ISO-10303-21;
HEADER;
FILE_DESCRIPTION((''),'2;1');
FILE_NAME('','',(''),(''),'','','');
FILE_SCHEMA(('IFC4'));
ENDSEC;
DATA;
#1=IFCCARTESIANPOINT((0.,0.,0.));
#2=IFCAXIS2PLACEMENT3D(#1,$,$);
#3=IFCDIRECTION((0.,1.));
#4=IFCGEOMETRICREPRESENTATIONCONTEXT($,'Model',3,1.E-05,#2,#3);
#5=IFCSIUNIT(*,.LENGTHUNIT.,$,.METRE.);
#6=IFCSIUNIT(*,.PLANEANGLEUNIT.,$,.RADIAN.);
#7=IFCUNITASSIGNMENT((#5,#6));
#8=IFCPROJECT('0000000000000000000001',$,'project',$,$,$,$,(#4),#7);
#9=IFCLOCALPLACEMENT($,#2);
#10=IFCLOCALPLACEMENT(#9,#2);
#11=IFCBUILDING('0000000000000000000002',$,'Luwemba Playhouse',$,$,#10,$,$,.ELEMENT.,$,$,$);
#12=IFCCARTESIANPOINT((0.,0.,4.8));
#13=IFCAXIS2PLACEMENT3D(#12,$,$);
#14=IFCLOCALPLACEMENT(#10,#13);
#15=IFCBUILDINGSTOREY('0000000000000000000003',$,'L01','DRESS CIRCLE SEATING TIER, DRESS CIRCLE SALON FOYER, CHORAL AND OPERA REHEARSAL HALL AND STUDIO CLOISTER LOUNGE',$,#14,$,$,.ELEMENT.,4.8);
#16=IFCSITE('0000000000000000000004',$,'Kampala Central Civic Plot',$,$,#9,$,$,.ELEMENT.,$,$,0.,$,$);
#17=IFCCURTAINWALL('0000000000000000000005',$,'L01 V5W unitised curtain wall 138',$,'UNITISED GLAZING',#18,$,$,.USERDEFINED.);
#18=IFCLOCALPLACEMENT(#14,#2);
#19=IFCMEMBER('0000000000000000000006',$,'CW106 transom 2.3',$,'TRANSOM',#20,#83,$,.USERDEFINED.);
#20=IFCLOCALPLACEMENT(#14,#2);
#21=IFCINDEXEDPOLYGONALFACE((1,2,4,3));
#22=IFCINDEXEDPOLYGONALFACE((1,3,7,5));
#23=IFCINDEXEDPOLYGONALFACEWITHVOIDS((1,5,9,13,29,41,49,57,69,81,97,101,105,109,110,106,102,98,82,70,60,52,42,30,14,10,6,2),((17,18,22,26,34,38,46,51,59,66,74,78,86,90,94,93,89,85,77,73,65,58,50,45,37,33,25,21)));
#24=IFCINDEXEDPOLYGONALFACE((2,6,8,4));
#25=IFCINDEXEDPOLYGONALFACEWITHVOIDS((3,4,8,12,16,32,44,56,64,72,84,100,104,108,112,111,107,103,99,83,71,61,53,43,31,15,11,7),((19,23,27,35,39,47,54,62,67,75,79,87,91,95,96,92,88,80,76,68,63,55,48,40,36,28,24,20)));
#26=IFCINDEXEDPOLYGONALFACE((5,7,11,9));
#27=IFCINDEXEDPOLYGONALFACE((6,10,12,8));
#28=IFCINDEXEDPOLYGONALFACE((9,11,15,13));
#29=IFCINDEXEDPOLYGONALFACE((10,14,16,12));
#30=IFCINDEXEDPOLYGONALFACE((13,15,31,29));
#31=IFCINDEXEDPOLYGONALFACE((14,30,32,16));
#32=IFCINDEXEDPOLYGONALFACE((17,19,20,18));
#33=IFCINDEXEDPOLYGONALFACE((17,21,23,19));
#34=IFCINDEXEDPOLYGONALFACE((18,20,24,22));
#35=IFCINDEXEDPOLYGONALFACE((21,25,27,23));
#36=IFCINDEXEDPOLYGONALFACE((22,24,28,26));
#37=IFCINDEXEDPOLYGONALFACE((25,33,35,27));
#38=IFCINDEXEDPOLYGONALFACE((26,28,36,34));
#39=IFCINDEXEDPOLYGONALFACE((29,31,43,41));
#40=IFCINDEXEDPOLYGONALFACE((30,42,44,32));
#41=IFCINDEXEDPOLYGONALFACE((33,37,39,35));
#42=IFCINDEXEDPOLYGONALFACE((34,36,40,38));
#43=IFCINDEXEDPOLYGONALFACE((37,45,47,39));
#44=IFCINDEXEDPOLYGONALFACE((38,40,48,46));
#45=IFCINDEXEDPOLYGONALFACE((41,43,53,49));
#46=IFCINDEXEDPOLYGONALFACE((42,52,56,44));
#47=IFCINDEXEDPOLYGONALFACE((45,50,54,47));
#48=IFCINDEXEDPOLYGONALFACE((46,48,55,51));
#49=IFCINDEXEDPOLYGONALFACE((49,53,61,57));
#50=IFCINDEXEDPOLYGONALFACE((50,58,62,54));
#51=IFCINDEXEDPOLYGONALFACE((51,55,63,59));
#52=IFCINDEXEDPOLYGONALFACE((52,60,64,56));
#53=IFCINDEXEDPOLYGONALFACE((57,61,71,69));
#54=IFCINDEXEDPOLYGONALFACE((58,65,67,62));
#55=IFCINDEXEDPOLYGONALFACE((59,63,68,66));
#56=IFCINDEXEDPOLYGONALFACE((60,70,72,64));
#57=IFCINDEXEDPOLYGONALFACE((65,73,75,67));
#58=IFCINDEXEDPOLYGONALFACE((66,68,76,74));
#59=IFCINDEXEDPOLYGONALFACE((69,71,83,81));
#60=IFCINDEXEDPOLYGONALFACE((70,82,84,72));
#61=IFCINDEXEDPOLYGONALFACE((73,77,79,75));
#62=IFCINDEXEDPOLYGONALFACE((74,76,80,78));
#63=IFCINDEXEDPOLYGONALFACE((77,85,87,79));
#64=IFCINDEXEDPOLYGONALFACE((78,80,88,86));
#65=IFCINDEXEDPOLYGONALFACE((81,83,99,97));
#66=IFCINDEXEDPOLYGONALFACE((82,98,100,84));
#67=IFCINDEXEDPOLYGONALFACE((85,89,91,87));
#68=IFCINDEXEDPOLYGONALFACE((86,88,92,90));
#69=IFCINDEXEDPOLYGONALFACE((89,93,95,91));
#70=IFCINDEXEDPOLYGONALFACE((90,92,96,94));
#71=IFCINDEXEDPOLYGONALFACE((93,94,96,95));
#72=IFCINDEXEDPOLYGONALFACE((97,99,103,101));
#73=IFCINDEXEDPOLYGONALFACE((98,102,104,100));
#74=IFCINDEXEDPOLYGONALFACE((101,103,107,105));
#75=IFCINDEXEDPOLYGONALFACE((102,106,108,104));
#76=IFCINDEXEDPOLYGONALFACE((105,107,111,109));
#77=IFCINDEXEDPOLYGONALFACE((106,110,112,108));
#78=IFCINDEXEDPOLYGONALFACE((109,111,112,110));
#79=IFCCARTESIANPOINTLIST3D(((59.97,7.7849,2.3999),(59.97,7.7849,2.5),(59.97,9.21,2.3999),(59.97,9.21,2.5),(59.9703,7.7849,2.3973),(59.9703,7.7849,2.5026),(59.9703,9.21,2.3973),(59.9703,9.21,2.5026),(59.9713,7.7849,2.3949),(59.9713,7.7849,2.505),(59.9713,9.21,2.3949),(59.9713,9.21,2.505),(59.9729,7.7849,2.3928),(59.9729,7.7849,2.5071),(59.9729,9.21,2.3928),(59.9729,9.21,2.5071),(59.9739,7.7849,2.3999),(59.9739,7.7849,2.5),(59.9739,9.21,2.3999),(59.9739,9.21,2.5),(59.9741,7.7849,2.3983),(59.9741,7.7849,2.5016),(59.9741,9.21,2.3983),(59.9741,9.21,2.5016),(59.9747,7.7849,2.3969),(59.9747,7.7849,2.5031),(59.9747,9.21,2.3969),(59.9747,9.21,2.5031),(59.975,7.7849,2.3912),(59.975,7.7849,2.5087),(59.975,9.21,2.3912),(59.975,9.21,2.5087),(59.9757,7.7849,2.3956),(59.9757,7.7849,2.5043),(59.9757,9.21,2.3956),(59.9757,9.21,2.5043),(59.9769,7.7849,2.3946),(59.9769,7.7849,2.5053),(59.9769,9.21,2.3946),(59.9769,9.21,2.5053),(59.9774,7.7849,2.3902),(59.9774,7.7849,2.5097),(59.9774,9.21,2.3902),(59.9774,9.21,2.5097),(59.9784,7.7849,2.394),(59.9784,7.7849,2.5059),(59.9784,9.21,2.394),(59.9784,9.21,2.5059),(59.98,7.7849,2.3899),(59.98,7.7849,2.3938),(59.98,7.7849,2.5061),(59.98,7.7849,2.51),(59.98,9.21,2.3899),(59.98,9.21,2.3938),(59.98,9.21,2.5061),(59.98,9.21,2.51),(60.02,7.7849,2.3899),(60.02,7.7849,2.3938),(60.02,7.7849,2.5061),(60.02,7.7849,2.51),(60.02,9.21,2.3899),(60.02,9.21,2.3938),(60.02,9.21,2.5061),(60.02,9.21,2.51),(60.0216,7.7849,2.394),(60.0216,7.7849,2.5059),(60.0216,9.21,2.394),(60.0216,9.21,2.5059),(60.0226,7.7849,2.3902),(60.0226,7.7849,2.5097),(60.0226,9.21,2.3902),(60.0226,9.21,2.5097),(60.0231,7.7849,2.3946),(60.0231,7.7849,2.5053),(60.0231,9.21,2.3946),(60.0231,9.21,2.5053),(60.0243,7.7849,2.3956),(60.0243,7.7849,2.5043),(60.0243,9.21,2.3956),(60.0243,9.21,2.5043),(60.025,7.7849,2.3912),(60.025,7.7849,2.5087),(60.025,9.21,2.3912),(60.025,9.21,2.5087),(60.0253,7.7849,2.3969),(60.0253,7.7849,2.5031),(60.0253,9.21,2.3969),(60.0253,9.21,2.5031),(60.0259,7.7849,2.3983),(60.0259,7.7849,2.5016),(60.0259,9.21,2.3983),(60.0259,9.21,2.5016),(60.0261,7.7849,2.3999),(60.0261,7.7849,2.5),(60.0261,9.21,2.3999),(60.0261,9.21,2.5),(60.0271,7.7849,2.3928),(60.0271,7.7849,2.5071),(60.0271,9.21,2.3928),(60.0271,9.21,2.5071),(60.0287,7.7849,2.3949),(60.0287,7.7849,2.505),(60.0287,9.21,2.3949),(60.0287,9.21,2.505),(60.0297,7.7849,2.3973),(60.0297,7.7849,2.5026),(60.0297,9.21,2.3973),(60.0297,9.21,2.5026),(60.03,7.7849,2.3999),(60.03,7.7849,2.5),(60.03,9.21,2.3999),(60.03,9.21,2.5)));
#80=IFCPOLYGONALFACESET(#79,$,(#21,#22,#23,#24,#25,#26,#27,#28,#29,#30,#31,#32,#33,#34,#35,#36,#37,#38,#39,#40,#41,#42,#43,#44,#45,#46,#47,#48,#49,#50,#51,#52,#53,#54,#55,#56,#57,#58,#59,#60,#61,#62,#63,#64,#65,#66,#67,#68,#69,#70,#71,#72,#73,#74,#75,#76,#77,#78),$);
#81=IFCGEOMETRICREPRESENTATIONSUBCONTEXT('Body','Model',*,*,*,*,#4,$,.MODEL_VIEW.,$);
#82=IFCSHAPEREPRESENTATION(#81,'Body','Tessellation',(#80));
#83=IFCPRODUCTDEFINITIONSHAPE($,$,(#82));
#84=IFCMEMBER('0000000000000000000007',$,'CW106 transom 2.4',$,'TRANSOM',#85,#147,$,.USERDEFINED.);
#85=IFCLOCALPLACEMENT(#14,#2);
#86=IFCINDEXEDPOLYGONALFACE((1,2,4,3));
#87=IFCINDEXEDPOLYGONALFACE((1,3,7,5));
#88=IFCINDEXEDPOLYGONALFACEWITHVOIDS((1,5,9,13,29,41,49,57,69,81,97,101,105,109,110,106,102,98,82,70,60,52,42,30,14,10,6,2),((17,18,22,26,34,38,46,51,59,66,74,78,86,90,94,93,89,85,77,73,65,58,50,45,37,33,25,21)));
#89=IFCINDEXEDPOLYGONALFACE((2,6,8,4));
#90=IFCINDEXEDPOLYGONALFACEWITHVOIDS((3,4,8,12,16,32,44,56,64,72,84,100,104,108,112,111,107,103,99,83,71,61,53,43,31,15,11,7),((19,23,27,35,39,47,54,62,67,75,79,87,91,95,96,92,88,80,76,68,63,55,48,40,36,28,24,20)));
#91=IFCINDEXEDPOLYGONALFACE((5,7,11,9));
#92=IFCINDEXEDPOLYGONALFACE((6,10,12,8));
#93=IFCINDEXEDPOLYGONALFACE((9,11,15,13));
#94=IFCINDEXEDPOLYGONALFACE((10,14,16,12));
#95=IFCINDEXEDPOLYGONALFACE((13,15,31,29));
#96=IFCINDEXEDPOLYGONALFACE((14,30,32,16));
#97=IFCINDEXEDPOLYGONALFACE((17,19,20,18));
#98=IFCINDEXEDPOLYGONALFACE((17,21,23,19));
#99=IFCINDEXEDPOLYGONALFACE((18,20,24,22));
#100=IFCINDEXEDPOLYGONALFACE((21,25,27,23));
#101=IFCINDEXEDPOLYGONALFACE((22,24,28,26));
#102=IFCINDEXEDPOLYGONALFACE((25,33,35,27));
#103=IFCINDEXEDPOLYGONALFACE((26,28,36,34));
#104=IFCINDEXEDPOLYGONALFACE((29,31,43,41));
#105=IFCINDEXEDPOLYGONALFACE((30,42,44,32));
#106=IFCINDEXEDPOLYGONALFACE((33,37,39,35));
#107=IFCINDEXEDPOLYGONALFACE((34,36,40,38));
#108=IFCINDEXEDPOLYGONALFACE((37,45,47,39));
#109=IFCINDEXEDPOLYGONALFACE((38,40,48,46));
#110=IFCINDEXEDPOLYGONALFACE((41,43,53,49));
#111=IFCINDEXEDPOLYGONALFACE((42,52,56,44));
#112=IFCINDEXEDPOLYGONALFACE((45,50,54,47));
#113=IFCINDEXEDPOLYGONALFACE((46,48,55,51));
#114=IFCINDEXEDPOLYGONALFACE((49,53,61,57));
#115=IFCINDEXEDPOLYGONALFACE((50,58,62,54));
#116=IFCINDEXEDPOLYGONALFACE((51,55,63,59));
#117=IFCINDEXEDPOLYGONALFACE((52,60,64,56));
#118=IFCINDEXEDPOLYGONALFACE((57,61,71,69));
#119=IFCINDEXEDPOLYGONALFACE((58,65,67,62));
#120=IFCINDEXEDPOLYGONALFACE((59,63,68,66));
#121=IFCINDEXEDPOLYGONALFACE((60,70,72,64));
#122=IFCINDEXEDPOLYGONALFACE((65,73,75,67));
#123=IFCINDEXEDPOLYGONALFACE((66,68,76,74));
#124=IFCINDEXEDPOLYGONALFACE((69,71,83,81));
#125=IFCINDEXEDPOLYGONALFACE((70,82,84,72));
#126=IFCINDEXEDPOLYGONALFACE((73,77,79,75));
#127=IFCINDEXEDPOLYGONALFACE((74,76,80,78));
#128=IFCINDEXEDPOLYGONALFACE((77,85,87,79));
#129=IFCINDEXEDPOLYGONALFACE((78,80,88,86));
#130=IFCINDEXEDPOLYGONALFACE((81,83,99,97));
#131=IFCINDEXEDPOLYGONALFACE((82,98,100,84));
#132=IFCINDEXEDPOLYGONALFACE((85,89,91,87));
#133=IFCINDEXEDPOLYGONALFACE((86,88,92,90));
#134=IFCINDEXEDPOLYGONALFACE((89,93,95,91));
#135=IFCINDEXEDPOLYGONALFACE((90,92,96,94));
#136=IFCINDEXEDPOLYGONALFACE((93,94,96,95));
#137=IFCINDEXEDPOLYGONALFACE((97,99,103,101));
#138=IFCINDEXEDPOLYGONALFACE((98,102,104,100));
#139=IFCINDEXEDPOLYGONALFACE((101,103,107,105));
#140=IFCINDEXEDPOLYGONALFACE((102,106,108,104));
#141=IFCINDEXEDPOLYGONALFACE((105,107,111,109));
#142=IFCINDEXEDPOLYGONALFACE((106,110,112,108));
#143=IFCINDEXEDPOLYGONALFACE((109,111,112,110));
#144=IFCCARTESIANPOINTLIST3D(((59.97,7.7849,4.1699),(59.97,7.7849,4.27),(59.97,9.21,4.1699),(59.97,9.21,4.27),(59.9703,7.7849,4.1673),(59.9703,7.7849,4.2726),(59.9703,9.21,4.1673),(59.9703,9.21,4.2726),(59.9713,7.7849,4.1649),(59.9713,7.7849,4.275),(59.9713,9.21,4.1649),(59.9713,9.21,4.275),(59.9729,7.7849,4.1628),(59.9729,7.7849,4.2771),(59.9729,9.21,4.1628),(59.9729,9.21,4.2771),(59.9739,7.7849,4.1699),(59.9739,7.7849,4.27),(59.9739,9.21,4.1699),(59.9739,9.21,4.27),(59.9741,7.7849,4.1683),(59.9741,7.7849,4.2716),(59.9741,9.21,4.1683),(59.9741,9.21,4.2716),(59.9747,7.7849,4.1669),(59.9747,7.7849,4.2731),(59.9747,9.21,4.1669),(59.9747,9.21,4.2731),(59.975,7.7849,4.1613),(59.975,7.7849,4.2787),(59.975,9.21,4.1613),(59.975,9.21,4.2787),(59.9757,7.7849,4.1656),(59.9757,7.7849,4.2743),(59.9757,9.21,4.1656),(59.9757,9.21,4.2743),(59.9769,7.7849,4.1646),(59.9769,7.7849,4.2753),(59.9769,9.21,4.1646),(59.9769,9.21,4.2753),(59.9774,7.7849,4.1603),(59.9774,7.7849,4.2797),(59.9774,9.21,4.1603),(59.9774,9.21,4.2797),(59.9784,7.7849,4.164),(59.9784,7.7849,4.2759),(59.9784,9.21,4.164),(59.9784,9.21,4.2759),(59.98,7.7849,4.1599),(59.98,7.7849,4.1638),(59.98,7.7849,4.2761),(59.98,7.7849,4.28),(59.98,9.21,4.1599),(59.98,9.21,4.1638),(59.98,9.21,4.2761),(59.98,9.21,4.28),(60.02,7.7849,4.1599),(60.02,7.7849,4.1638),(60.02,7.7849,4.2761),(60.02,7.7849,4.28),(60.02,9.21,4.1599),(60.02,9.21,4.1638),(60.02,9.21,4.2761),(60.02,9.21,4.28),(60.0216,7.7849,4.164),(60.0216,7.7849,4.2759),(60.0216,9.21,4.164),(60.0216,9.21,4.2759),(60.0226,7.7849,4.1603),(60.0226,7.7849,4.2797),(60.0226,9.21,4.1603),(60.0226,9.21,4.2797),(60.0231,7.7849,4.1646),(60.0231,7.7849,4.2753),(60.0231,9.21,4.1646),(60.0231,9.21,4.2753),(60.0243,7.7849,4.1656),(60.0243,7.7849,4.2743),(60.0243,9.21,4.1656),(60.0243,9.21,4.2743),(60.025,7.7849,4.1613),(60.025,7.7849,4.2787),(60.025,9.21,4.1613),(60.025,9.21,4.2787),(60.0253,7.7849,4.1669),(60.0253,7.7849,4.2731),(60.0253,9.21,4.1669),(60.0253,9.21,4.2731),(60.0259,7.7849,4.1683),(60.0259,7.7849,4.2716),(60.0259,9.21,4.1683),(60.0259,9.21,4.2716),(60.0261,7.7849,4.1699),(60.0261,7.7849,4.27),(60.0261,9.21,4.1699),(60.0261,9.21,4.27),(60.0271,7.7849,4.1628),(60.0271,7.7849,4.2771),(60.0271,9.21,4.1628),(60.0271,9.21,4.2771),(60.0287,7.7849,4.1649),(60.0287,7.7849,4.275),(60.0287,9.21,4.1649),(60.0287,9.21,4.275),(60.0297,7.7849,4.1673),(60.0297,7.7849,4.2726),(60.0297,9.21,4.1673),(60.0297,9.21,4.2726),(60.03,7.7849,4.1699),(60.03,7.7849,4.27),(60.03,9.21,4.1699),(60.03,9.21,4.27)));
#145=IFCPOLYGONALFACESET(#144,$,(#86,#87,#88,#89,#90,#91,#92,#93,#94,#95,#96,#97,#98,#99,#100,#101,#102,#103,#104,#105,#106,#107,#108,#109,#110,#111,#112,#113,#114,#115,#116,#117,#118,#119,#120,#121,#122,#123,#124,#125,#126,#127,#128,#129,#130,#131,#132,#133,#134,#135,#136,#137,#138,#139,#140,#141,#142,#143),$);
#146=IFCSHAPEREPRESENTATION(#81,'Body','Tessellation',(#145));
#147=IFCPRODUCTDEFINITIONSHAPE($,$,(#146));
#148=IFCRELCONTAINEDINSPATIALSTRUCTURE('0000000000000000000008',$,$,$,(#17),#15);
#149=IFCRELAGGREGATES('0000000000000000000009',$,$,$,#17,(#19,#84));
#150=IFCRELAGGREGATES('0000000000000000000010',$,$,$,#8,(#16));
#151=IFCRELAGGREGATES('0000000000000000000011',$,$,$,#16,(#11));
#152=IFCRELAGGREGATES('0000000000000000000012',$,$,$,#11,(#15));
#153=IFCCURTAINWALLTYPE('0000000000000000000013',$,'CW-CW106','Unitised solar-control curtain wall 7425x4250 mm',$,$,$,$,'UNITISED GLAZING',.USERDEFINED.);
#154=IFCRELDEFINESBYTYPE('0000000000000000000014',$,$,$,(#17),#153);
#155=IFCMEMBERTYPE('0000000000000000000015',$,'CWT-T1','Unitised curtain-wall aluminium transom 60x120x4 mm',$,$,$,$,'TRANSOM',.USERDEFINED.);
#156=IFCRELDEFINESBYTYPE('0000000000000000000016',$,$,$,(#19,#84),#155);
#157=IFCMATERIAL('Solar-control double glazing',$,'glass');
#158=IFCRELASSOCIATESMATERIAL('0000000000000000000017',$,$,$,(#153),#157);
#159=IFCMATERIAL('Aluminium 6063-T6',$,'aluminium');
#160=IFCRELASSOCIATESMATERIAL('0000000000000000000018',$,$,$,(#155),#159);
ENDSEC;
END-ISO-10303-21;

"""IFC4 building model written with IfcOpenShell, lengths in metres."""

from ifc_helpers import new_model, si_unit, direction, frame, origin, origin_2d, place, context, subcontext, project, spatial, hollow_rectangle, extrude, material, material_profile, profile_set, type_object, element, aggregate, save


model = new_model("IFC4")

# Units and contexts
model_context = context("Model", 3, precision=1e-05, world=origin(), true_north=direction((0.0, 1.0)))
body_context = subcontext(model_context, "Body", "Model", "MODEL_VIEW")
ifc_project = project(units=[si_unit("LENGTHUNIT", "METRE"), si_unit("PLANEANGLEUNIT", "RADIAN")], contexts=[model_context])

# Site, building, storey
site_placement = place(None, origin())
site = spatial("IfcSite", under=ifc_project, at=site_placement, Name="Kampala Central Civic Plot", CompositionType="ELEMENT", RefElevation=0.0)
building_placement = place(site_placement, origin())
building = spatial("IfcBuilding", under=site, at=building_placement, Name="Luwemba Playhouse", CompositionType="ELEMENT")
storey_placement = place(building_placement, frame((0.0, 0.0, 4.8)))
storey = spatial("IfcBuildingStorey", under=building, at=storey_placement, Name="L01", Description="DRESS CIRCLE SEATING TIER, DRESS CIRCLE SALON FOYER, CHORAL AND OPERA REHEARSAL HALL AND STUDIO CLOISTER LOUNGE", CompositionType="ELEMENT", Elevation=4.8)

# Curtain wall, members
ifc_material_1 = material(Name="Solar-control double glazing", Category="glass")
curtain_wall_type = type_object("IfcCurtainWallType", Name="CW-CW106", Description="Unitised solar-control curtain wall 7425x4250 mm", ElementType="UNITISED GLAZING", PredefinedType="USERDEFINED", material=ifc_material_1)
curtain_wall_placement = place(storey_placement, origin())
curtain_wall = element("IfcCurtainWall", 1, at=curtain_wall_placement, inside=storey, type_object=curtain_wall_type, Name="L01 V5W unitised curtain wall 138", ObjectType="UNITISED GLAZING", PredefinedType="USERDEFINED")
ifc_material_2 = material(Name="Aluminium 6063-T6", Category="aluminium")
ifc_material_profile_1 = material_profile(ifc_material_2, hollow_rectangle(XDim=0.0601, YDim=0.1201, WallThickness=0.0039, InnerFilletRadius=0.0061, OuterFilletRadius=0.01, at=origin_2d()))
ifc_profile_set_1 = profile_set([ifc_material_profile_1], Name="Aluminium 6063-T6")
member_type_1 = type_object("IfcMemberType", Name="CWT-T1", Description="Unitised curtain-wall aluminium transom 60x120x4 mm", ElementType="TRANSOM", PredefinedType="USERDEFINED", material=ifc_profile_set_1)
member_1_placement = place(storey_placement, frame((60.0, 9.21, 2.45), z_axis=(0.0, -1.0, 0.0), x_axis=(1.0, 0.0, 0.0)))
member_1 = element("IfcMember", 2, at=member_1_placement, type_object=member_type_1, Name="CW106 transom 2.3", ObjectType="TRANSOM", PredefinedType="USERDEFINED", context=body_context, shape_type="SweptSolid", body=[
    extrude(hollow_rectangle(XDim=0.0601, YDim=0.1201, WallThickness=0.0039, InnerFilletRadius=0.0061, OuterFilletRadius=0.01, at=origin_2d()), origin(), (0.0, 0.0, 1.0), 1.425),
])
member_2_placement = place(storey_placement, frame((60.0, 9.21, 4.22), z_axis=(0.0, -1.0, 0.0), x_axis=(1.0, 0.0, 0.0)))
member_2 = element("IfcMember", 3, at=member_2_placement, type_object=member_type_1, Name="CW106 transom 2.4", ObjectType="TRANSOM", PredefinedType="USERDEFINED", context=body_context, shape_type="SweptSolid", body=[
    extrude(hollow_rectangle(XDim=0.0601, YDim=0.1201, WallThickness=0.0039, InnerFilletRadius=0.0061, OuterFilletRadius=0.01, at=origin_2d()), origin(), (0.0, 0.0, 1.0), 1.425),
])
aggregate(curtain_wall, [member_1, member_2])

save(model, "model.ifc")
